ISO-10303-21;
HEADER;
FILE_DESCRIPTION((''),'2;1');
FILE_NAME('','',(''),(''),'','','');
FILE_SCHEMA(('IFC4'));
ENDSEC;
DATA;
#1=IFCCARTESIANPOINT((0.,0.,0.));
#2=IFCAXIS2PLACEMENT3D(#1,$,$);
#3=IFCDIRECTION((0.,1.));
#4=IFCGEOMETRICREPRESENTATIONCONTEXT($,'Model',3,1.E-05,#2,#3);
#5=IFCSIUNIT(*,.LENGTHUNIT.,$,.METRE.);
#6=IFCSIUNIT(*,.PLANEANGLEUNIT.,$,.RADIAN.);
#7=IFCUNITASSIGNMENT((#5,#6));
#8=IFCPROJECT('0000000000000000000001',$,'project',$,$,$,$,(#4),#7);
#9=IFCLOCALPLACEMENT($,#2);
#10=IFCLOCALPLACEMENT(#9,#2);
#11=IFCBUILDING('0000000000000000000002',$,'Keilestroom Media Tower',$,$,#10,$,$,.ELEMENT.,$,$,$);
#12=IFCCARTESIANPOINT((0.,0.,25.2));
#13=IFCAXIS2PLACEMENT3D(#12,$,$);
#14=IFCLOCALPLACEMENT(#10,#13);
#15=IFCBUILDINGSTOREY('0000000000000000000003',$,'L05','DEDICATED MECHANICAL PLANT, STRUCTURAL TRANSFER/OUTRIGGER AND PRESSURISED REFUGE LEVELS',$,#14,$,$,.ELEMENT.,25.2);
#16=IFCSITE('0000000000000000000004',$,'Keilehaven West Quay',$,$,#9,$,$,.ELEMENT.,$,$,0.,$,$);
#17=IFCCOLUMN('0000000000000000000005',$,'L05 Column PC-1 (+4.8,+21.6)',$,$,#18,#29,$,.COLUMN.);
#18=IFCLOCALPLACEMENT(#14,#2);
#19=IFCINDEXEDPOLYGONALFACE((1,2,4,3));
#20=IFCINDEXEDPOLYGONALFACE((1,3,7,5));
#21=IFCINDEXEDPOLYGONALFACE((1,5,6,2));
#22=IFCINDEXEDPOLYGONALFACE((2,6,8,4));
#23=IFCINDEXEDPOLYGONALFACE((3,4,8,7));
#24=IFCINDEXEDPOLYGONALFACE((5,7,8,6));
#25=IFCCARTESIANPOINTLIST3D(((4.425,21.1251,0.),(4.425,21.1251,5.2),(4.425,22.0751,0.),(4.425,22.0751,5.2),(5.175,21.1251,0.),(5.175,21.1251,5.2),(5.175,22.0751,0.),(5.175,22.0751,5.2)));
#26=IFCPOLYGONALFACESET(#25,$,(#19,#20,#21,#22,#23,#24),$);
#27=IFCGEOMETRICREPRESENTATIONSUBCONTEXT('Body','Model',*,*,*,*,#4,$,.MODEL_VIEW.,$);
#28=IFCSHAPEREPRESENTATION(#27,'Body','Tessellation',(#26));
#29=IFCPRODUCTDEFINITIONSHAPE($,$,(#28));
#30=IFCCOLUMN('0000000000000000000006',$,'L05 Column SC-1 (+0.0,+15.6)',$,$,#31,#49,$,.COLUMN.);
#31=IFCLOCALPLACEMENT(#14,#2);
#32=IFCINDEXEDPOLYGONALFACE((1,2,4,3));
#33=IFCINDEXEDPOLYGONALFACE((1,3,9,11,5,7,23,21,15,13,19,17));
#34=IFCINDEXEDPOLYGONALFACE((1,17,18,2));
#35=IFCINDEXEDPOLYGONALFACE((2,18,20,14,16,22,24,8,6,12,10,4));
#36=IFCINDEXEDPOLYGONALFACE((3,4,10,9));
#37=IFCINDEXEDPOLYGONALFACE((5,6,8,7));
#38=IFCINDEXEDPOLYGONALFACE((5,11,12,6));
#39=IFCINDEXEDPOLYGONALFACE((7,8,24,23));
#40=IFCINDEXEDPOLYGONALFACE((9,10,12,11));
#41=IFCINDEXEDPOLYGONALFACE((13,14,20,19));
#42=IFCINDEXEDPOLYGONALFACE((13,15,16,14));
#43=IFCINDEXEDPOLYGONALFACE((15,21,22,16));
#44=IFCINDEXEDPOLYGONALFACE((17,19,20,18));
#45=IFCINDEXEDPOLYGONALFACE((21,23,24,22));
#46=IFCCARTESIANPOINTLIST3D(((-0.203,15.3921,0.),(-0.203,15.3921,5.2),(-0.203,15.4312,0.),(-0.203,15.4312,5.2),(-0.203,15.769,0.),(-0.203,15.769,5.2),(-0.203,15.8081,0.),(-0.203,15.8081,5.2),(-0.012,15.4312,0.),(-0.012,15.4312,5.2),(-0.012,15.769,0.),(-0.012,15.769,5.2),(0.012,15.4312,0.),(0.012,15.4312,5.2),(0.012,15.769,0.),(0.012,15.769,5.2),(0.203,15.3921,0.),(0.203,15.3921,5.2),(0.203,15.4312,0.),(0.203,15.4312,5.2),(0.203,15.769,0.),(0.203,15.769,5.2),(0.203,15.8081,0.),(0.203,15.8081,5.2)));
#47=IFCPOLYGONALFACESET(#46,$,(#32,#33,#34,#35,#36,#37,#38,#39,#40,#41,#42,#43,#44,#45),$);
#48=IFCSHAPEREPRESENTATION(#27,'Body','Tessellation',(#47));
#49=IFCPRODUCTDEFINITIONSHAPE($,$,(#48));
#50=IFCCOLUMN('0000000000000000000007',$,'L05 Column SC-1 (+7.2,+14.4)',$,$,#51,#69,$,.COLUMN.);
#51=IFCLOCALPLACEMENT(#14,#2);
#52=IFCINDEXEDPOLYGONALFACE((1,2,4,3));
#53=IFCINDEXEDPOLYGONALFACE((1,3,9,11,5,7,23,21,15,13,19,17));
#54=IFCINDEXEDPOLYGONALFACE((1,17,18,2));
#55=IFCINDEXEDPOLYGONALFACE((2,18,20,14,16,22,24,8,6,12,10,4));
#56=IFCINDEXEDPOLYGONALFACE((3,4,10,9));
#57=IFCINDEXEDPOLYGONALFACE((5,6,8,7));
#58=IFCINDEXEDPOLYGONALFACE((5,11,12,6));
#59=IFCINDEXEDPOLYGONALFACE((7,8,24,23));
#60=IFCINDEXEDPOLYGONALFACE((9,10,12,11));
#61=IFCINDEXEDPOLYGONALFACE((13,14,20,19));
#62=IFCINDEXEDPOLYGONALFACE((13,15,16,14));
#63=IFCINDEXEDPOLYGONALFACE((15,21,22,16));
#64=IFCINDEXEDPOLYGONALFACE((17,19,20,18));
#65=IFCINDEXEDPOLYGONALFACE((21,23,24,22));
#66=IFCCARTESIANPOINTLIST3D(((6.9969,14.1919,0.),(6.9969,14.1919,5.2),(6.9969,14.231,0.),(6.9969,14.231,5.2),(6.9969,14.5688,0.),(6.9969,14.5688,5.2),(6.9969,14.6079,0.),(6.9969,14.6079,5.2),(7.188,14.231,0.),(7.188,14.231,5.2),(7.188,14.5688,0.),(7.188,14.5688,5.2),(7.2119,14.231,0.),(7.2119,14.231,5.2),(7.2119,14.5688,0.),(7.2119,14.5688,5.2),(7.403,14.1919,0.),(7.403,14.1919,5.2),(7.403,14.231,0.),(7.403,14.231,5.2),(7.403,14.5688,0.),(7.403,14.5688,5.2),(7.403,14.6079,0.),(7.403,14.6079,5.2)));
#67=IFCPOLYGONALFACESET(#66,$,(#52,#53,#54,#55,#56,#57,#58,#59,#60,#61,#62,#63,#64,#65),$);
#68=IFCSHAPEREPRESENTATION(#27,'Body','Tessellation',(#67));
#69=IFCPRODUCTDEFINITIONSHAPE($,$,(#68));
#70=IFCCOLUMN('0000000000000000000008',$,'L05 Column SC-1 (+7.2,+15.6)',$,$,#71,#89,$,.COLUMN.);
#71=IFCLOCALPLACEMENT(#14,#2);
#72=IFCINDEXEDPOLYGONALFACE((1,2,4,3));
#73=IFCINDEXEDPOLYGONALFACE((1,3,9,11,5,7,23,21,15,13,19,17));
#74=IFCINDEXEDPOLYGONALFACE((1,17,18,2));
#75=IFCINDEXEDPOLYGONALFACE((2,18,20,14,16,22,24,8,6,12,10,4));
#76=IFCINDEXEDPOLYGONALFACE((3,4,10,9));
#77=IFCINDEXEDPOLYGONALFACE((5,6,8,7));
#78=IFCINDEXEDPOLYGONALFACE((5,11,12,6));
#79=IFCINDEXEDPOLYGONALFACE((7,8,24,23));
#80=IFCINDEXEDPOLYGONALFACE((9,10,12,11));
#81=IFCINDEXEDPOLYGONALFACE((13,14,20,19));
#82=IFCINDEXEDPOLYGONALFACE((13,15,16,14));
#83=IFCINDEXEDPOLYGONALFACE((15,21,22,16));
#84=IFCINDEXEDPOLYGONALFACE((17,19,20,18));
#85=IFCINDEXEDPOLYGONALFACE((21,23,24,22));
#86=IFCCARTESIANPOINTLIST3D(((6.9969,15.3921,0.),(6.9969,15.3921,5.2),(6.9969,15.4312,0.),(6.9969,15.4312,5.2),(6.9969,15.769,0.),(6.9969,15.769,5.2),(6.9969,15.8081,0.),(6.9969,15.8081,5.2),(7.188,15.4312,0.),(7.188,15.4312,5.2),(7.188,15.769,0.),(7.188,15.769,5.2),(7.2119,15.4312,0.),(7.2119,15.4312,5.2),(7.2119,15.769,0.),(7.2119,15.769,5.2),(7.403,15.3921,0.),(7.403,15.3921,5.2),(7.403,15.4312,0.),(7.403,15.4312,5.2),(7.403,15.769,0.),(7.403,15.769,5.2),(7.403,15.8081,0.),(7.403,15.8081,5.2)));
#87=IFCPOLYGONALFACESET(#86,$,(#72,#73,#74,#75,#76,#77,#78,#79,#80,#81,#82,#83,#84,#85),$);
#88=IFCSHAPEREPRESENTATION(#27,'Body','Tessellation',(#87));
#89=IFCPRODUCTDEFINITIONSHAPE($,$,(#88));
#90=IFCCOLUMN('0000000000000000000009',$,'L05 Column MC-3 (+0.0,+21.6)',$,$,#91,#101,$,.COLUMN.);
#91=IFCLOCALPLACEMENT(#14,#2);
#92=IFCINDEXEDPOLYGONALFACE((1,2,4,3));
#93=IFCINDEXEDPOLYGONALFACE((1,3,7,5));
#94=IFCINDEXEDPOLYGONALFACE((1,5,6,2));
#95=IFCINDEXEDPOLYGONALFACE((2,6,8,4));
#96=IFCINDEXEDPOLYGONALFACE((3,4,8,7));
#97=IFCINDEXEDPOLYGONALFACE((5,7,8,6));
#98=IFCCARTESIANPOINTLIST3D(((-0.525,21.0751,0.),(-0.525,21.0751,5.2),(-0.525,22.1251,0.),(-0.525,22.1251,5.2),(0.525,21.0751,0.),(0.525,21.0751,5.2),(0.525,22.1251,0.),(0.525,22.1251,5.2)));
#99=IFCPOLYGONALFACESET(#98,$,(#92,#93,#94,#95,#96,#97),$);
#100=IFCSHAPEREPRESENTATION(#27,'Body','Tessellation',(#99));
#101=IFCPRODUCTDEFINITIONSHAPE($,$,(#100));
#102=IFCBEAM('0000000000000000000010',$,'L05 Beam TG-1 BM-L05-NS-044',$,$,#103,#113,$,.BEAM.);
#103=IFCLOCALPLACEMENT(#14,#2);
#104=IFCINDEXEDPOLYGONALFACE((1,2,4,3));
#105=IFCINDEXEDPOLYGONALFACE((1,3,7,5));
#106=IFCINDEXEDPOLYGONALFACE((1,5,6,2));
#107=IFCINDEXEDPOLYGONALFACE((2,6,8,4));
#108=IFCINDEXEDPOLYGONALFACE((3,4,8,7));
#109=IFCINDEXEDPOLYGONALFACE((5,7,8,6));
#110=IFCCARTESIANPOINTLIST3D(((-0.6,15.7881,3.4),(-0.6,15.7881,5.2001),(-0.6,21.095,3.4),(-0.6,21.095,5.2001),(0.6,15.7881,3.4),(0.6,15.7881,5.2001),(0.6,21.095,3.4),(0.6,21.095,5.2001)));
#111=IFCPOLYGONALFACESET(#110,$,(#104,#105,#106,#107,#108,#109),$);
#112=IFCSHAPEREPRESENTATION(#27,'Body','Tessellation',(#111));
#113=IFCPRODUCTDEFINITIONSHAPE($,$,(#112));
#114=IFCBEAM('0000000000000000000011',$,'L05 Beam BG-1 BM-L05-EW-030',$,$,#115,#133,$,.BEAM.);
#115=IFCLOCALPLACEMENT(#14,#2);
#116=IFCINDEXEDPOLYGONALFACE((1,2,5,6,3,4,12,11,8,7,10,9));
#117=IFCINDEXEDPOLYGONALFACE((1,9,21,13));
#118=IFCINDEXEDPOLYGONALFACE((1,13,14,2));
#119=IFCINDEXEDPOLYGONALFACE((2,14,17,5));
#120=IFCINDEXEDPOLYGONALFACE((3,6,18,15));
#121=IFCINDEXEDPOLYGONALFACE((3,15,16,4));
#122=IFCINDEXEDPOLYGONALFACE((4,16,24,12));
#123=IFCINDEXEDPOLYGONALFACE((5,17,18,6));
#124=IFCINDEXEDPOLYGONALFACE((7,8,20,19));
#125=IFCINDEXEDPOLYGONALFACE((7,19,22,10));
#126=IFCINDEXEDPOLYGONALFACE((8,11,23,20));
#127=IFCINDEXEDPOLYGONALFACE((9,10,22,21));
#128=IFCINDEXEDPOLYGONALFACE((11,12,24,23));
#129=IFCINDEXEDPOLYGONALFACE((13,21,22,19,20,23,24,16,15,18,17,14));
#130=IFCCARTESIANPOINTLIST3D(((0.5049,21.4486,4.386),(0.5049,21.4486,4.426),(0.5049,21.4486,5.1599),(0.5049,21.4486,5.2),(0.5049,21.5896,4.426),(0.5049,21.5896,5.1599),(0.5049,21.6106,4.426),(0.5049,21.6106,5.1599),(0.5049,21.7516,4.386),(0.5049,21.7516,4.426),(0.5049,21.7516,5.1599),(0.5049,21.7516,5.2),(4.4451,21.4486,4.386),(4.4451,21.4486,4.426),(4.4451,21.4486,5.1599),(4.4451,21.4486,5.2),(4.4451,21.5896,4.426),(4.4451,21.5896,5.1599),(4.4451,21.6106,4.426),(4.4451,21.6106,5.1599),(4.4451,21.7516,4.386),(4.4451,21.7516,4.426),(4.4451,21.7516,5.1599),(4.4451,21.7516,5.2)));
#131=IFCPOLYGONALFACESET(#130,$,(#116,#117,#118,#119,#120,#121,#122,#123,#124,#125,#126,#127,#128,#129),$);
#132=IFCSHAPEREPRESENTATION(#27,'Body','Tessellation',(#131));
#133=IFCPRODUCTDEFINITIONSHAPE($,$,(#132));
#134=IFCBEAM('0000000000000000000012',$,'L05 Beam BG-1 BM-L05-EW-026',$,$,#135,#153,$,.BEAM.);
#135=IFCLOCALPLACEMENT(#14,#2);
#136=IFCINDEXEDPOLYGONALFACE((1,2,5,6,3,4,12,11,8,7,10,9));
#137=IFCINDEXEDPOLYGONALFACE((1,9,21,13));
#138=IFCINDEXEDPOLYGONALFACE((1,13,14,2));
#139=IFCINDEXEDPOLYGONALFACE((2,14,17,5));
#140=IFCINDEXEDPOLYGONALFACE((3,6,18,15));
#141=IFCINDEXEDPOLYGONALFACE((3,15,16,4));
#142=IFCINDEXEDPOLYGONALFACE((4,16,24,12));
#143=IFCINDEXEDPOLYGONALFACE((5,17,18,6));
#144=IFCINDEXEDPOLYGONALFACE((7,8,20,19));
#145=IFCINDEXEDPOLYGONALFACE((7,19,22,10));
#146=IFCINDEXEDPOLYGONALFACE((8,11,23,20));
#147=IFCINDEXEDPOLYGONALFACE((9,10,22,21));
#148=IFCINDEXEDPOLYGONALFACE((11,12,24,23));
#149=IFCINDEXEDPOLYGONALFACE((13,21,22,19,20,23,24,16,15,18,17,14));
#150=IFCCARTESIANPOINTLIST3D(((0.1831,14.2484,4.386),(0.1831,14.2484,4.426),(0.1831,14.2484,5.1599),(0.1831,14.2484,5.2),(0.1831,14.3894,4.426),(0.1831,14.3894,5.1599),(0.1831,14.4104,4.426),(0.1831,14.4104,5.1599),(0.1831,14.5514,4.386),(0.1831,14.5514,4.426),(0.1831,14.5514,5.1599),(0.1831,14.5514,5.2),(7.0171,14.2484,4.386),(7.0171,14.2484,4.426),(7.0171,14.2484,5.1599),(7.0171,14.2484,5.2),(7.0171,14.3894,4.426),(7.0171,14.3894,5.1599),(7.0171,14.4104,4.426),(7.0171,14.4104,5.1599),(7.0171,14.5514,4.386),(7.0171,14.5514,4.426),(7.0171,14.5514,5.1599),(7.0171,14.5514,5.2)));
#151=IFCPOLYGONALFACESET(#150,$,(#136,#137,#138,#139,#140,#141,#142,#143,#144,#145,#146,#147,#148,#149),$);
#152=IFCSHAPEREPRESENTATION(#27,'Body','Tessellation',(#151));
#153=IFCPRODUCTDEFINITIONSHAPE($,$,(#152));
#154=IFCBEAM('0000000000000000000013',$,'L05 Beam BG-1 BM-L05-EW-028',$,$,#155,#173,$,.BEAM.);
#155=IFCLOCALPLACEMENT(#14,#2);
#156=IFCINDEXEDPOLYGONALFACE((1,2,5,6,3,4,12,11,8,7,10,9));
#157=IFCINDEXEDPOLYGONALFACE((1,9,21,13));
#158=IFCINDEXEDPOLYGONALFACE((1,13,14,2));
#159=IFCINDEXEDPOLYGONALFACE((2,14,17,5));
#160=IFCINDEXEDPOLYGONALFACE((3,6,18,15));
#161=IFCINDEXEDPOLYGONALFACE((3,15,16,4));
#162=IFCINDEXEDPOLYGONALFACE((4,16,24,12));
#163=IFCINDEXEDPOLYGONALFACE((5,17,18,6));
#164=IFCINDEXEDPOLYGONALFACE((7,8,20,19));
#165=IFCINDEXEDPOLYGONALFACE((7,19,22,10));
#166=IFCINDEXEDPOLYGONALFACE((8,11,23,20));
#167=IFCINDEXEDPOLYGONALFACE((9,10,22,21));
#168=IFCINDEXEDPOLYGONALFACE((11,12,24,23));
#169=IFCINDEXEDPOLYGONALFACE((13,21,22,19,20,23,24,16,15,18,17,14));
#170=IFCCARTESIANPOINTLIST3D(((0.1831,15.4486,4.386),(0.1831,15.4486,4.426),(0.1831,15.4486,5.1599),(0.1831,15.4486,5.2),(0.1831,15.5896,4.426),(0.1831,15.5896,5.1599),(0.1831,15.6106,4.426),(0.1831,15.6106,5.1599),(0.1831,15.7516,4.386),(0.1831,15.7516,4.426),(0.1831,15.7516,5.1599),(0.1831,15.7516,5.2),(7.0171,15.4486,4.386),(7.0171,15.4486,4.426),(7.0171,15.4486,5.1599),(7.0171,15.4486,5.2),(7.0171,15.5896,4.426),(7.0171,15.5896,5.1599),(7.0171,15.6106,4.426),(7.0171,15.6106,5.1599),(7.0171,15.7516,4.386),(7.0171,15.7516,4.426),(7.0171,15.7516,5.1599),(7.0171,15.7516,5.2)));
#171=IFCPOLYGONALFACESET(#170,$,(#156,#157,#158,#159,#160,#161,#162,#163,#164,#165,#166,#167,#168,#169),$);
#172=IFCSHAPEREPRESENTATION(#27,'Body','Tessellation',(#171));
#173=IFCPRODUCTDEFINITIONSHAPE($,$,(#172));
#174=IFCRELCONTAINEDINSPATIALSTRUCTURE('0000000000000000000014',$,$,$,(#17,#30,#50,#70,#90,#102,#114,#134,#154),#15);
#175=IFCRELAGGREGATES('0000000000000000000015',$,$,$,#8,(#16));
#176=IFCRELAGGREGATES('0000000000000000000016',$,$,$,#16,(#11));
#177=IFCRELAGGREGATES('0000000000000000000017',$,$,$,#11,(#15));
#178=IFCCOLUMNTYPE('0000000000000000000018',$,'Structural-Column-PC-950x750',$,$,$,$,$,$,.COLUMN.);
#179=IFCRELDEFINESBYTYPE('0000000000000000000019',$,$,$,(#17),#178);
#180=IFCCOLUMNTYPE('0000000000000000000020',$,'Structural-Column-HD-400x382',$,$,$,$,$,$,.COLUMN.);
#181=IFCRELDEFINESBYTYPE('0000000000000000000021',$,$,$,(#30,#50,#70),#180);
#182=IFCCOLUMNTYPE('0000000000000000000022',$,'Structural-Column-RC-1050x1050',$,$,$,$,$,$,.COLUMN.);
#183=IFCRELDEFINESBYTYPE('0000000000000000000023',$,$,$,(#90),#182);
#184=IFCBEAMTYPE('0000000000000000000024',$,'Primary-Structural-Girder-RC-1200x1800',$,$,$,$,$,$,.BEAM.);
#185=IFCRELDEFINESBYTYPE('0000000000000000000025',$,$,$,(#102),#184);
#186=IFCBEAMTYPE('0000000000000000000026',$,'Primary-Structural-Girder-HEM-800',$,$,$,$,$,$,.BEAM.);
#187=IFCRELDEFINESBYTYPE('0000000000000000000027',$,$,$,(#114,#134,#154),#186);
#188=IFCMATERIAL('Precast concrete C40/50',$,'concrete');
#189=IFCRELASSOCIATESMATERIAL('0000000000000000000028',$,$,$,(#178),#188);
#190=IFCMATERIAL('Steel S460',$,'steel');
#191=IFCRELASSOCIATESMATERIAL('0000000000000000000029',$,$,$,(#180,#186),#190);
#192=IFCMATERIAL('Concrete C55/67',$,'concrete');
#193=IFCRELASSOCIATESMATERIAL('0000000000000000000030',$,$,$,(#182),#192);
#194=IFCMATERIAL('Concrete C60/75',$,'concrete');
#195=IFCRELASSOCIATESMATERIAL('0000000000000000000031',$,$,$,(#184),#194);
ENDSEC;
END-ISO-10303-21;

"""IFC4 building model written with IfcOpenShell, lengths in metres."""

from ifc_helpers import new_model, si_unit, direction, frame, origin, origin_2d, place, context, subcontext, project, spatial, rectangle, i_section, extrude, source, transform, mapped, material, material_profile, profile_set, type_object, element, save


model = new_model("IFC4")

# Units and contexts
model_context = context("Model", 3, precision=1e-05, world=origin(), true_north=direction((0.0, 1.0)))
body_context = subcontext(model_context, "Body", "Model", "MODEL_VIEW")
ifc_project = project(units=[si_unit("LENGTHUNIT", "METRE"), si_unit("PLANEANGLEUNIT", "RADIAN")], contexts=[model_context])

# Site, building, storey
site_placement = place(None, origin())
site = spatial("IfcSite", under=ifc_project, at=site_placement, Name="Keilehaven West Quay", CompositionType="ELEMENT", RefElevation=0.0)
building_placement = place(site_placement, origin())
building = spatial("IfcBuilding", under=site, at=building_placement, Name="Keilestroom Media Tower", CompositionType="ELEMENT")
storey_placement = place(building_placement, frame((0.0, 0.0, 25.2)))
storey = spatial("IfcBuildingStorey", under=building, at=storey_placement, Name="L05", Description="DEDICATED MECHANICAL PLANT, STRUCTURAL TRANSFER/OUTRIGGER AND PRESSURISED REFUGE LEVELS", CompositionType="ELEMENT", Elevation=25.2)

# Columns
ifc_material_1 = material(Name="Precast concrete C40/50", Category="concrete")
ifc_material_profile_1 = material_profile(ifc_material_1, rectangle(XDim=0.75, YDim=0.95, at=origin_2d()), Name="PC 950x750")
ifc_profile_set_1 = profile_set([ifc_material_profile_1], Name="Precast concrete C40/50")
column_type_1 = type_object("IfcColumnType", Name="Structural-Column-PC-950x750", PredefinedType="COLUMN", material=ifc_profile_set_1)
shared_shape_1 = source(origin(), body_context, "Body", "SweptSolid", [
    extrude(rectangle(XDim=0.75, YDim=0.95, at=origin_2d()), origin(), (0.0, 0.0, 1.0), 5.2),
])
column_1_placement = place(storey_placement, frame((4.8, 21.6001, 0.0), z_axis=(0.0, 0.0, 1.0), x_axis=(1.0, 0.0, 0.0)))
element("IfcColumn", 1, at=column_1_placement, inside=storey, type_object=column_type_1, Name="L05 Column PC-1 (+4.8,+21.6)", PredefinedType="COLUMN", context=body_context, shape_type="MappedRepresentation", body=[
    mapped(shared_shape_1, transform((0.0, 0.0, 0.0), x_axis=(1.0, 0.0, 0.0), y_axis=(0.0, 1.0, 0.0), z_axis=(0.0, 0.0, 1.0), scale=1.0)),
])
ifc_material_2 = material(Name="Steel S460", Category="steel")
ifc_material_profile_2 = material_profile(ifc_material_2, i_section(OverallWidth=0.406, OverallDepth=0.416, WebThickness=0.0239, FlangeThickness=0.0391, at=origin_2d()), Name="HD 400x382")
ifc_profile_set_2 = profile_set([ifc_material_profile_2], Name="Steel S460")
column_type_2 = type_object("IfcColumnType", Name="Structural-Column-HD-400x382", PredefinedType="COLUMN", material=ifc_profile_set_2)
shared_shape_2 = source(origin(), body_context, "Body", "SweptSolid", [
    extrude(i_section(OverallWidth=0.406, OverallDepth=0.416, WebThickness=0.0239, FlangeThickness=0.0391, at=origin_2d()), origin(), (0.0, 0.0, 1.0), 5.2),
])
for number, where, z_axis, x_axis, name in (
    (2, (0.0, 15.6001, 0.0), (0.0, 0.0, 1.0), (1.0, 0.0, 0.0), "L05 Column SC-1 (+0.0,+15.6)"),
    (3, (7.2, 14.3999, 0.0), (0.0, 0.0, 1.0), (1.0, 0.0, 0.0), "L05 Column SC-1 (+7.2,+14.4)"),
    (4, (7.2, 15.6001, 0.0), (0.0, 0.0, 1.0), (1.0, 0.0, 0.0), "L05 Column SC-1 (+7.2,+15.6)"),
):
    element("IfcColumn", number, at=place(storey_placement, frame(where, z_axis=z_axis, x_axis=x_axis)), inside=storey, type_object=column_type_2, Name=name, PredefinedType="COLUMN", context=body_context, shape_type="MappedRepresentation", body=[
        mapped(shared_shape_2, transform((0.0, 0.0, 0.0), x_axis=(1.0, 0.0, 0.0), y_axis=(0.0, 1.0, 0.0), z_axis=(0.0, 0.0, 1.0), scale=1.0)),
    ])
ifc_material_3 = material(Name="Concrete C55/67", Category="concrete")
ifc_material_profile_3 = material_profile(ifc_material_3, rectangle(XDim=1.05, YDim=1.05, at=origin_2d()), Name="RC 1050x1050")
ifc_profile_set_3 = profile_set([ifc_material_profile_3], Name="Concrete C55/67")
column_type_3 = type_object("IfcColumnType", Name="Structural-Column-RC-1050x1050", PredefinedType="COLUMN", material=ifc_profile_set_3)
shared_shape_3 = source(origin(), body_context, "Body", "SweptSolid", [
    extrude(rectangle(XDim=1.05, YDim=1.05, at=origin_2d()), origin(), (0.0, 0.0, 1.0), 5.2),
])
column_2_placement = place(storey_placement, frame((0.0, 21.6001, 0.0), z_axis=(0.0, 0.0, 1.0), x_axis=(1.0, 0.0, 0.0)))
element("IfcColumn", 5, at=column_2_placement, inside=storey, type_object=column_type_3, Name="L05 Column MC-3 (+0.0,+21.6)", PredefinedType="COLUMN", context=body_context, shape_type="MappedRepresentation", body=[
    mapped(shared_shape_3, transform((0.0, 0.0, 0.0), x_axis=(1.0, 0.0, 0.0), y_axis=(0.0, 1.0, 0.0), z_axis=(0.0, 0.0, 1.0), scale=1.0)),
])

# Beams
ifc_material_4 = material(Name="Concrete C60/75", Category="concrete")
ifc_material_profile_4 = material_profile(ifc_material_4, rectangle(XDim=1.2, YDim=1.8, at=origin_2d()), Name="RC 1200x1800")
ifc_profile_set_4 = profile_set([ifc_material_profile_4], Name="Concrete C60/75")
beam_type_1 = type_object("IfcBeamType", Name="Primary-Structural-Girder-RC-1200x1800", PredefinedType="BEAM", material=ifc_profile_set_4)
shared_shape_4 = source(origin(), body_context, "Body", "SweptSolid", [
    extrude(rectangle(XDim=1.2, YDim=1.8, at=origin_2d()), origin(), (0.0, 0.0, 1.0), 5.3069),
])
beam_1_placement = place(storey_placement, frame((0.0, 15.7881, 4.3), z_axis=(0.0, 1.0, 0.0), x_axis=(-1.0, 0.0, 0.0)))
element("IfcBeam", 6, at=beam_1_placement, inside=storey, type_object=beam_type_1, Name="L05 Beam TG-1 BM-L05-NS-044", PredefinedType="BEAM", context=body_context, shape_type="MappedRepresentation", body=[
    mapped(shared_shape_4, transform((0.0, 0.0, 0.0), x_axis=(1.0, 0.0, 0.0), y_axis=(0.0, 1.0, 0.0), z_axis=(0.0, 0.0, 1.0), scale=1.0)),
])
ifc_material_profile_5 = material_profile(ifc_material_2, i_section(OverallWidth=0.303, OverallDepth=0.814, WebThickness=0.021, FlangeThickness=0.04, at=origin_2d()), Name="HEM 800")
ifc_profile_set_5 = profile_set([ifc_material_profile_5], Name="Steel S460")
beam_type_2 = type_object("IfcBeamType", Name="Primary-Structural-Girder-HEM-800", PredefinedType="BEAM", material=ifc_profile_set_5)
shared_shape_5 = source(origin(), body_context, "Body", "SweptSolid", [
    extrude(i_section(OverallWidth=0.303, OverallDepth=0.814, WebThickness=0.021, FlangeThickness=0.04, at=origin_2d()), origin(), (0.0, 0.0, 1.0), 3.9402),
])
beam_2_placement = place(storey_placement, frame((0.5049, 21.6001, 4.793), z_axis=(1.0, 0.0, 0.0), x_axis=(0.0, 1.0, 0.0)))
element("IfcBeam", 7, at=beam_2_placement, inside=storey, type_object=beam_type_2, Name="L05 Beam BG-1 BM-L05-EW-030", PredefinedType="BEAM", context=body_context, shape_type="MappedRepresentation", body=[
    mapped(shared_shape_5, transform((0.0, 0.0, 0.0), x_axis=(1.0, 0.0, 0.0), y_axis=(0.0, 1.0, 0.0), z_axis=(0.0, 0.0, 1.0), scale=1.0)),
])
shared_shape_6 = source(origin(), body_context, "Body", "SweptSolid", [
    extrude(i_section(OverallWidth=0.303, OverallDepth=0.814, WebThickness=0.021, FlangeThickness=0.04, at=origin_2d()), origin(), (0.0, 0.0, 1.0), 6.834),
])
for number, where, z_axis, x_axis, name in (
    (8, (0.1831, 14.3999, 4.793), (1.0, 0.0, 0.0), (0.0, 1.0, 0.0), "L05 Beam BG-1 BM-L05-EW-026"),
    (9, (0.1831, 15.6001, 4.793), (1.0, 0.0, 0.0), (0.0, 1.0, 0.0), "L05 Beam BG-1 BM-L05-EW-028"),
):
    element("IfcBeam", number, at=place(storey_placement, frame(where, z_axis=z_axis, x_axis=x_axis)), inside=storey, type_object=beam_type_2, Name=name, PredefinedType="BEAM", context=body_context, shape_type="MappedRepresentation", body=[
        mapped(shared_shape_6, transform((0.0, 0.0, 0.0), x_axis=(1.0, 0.0, 0.0), y_axis=(0.0, 1.0, 0.0), z_axis=(0.0, 0.0, 1.0), scale=1.0)),
    ])

save(model, "model.ifc")
